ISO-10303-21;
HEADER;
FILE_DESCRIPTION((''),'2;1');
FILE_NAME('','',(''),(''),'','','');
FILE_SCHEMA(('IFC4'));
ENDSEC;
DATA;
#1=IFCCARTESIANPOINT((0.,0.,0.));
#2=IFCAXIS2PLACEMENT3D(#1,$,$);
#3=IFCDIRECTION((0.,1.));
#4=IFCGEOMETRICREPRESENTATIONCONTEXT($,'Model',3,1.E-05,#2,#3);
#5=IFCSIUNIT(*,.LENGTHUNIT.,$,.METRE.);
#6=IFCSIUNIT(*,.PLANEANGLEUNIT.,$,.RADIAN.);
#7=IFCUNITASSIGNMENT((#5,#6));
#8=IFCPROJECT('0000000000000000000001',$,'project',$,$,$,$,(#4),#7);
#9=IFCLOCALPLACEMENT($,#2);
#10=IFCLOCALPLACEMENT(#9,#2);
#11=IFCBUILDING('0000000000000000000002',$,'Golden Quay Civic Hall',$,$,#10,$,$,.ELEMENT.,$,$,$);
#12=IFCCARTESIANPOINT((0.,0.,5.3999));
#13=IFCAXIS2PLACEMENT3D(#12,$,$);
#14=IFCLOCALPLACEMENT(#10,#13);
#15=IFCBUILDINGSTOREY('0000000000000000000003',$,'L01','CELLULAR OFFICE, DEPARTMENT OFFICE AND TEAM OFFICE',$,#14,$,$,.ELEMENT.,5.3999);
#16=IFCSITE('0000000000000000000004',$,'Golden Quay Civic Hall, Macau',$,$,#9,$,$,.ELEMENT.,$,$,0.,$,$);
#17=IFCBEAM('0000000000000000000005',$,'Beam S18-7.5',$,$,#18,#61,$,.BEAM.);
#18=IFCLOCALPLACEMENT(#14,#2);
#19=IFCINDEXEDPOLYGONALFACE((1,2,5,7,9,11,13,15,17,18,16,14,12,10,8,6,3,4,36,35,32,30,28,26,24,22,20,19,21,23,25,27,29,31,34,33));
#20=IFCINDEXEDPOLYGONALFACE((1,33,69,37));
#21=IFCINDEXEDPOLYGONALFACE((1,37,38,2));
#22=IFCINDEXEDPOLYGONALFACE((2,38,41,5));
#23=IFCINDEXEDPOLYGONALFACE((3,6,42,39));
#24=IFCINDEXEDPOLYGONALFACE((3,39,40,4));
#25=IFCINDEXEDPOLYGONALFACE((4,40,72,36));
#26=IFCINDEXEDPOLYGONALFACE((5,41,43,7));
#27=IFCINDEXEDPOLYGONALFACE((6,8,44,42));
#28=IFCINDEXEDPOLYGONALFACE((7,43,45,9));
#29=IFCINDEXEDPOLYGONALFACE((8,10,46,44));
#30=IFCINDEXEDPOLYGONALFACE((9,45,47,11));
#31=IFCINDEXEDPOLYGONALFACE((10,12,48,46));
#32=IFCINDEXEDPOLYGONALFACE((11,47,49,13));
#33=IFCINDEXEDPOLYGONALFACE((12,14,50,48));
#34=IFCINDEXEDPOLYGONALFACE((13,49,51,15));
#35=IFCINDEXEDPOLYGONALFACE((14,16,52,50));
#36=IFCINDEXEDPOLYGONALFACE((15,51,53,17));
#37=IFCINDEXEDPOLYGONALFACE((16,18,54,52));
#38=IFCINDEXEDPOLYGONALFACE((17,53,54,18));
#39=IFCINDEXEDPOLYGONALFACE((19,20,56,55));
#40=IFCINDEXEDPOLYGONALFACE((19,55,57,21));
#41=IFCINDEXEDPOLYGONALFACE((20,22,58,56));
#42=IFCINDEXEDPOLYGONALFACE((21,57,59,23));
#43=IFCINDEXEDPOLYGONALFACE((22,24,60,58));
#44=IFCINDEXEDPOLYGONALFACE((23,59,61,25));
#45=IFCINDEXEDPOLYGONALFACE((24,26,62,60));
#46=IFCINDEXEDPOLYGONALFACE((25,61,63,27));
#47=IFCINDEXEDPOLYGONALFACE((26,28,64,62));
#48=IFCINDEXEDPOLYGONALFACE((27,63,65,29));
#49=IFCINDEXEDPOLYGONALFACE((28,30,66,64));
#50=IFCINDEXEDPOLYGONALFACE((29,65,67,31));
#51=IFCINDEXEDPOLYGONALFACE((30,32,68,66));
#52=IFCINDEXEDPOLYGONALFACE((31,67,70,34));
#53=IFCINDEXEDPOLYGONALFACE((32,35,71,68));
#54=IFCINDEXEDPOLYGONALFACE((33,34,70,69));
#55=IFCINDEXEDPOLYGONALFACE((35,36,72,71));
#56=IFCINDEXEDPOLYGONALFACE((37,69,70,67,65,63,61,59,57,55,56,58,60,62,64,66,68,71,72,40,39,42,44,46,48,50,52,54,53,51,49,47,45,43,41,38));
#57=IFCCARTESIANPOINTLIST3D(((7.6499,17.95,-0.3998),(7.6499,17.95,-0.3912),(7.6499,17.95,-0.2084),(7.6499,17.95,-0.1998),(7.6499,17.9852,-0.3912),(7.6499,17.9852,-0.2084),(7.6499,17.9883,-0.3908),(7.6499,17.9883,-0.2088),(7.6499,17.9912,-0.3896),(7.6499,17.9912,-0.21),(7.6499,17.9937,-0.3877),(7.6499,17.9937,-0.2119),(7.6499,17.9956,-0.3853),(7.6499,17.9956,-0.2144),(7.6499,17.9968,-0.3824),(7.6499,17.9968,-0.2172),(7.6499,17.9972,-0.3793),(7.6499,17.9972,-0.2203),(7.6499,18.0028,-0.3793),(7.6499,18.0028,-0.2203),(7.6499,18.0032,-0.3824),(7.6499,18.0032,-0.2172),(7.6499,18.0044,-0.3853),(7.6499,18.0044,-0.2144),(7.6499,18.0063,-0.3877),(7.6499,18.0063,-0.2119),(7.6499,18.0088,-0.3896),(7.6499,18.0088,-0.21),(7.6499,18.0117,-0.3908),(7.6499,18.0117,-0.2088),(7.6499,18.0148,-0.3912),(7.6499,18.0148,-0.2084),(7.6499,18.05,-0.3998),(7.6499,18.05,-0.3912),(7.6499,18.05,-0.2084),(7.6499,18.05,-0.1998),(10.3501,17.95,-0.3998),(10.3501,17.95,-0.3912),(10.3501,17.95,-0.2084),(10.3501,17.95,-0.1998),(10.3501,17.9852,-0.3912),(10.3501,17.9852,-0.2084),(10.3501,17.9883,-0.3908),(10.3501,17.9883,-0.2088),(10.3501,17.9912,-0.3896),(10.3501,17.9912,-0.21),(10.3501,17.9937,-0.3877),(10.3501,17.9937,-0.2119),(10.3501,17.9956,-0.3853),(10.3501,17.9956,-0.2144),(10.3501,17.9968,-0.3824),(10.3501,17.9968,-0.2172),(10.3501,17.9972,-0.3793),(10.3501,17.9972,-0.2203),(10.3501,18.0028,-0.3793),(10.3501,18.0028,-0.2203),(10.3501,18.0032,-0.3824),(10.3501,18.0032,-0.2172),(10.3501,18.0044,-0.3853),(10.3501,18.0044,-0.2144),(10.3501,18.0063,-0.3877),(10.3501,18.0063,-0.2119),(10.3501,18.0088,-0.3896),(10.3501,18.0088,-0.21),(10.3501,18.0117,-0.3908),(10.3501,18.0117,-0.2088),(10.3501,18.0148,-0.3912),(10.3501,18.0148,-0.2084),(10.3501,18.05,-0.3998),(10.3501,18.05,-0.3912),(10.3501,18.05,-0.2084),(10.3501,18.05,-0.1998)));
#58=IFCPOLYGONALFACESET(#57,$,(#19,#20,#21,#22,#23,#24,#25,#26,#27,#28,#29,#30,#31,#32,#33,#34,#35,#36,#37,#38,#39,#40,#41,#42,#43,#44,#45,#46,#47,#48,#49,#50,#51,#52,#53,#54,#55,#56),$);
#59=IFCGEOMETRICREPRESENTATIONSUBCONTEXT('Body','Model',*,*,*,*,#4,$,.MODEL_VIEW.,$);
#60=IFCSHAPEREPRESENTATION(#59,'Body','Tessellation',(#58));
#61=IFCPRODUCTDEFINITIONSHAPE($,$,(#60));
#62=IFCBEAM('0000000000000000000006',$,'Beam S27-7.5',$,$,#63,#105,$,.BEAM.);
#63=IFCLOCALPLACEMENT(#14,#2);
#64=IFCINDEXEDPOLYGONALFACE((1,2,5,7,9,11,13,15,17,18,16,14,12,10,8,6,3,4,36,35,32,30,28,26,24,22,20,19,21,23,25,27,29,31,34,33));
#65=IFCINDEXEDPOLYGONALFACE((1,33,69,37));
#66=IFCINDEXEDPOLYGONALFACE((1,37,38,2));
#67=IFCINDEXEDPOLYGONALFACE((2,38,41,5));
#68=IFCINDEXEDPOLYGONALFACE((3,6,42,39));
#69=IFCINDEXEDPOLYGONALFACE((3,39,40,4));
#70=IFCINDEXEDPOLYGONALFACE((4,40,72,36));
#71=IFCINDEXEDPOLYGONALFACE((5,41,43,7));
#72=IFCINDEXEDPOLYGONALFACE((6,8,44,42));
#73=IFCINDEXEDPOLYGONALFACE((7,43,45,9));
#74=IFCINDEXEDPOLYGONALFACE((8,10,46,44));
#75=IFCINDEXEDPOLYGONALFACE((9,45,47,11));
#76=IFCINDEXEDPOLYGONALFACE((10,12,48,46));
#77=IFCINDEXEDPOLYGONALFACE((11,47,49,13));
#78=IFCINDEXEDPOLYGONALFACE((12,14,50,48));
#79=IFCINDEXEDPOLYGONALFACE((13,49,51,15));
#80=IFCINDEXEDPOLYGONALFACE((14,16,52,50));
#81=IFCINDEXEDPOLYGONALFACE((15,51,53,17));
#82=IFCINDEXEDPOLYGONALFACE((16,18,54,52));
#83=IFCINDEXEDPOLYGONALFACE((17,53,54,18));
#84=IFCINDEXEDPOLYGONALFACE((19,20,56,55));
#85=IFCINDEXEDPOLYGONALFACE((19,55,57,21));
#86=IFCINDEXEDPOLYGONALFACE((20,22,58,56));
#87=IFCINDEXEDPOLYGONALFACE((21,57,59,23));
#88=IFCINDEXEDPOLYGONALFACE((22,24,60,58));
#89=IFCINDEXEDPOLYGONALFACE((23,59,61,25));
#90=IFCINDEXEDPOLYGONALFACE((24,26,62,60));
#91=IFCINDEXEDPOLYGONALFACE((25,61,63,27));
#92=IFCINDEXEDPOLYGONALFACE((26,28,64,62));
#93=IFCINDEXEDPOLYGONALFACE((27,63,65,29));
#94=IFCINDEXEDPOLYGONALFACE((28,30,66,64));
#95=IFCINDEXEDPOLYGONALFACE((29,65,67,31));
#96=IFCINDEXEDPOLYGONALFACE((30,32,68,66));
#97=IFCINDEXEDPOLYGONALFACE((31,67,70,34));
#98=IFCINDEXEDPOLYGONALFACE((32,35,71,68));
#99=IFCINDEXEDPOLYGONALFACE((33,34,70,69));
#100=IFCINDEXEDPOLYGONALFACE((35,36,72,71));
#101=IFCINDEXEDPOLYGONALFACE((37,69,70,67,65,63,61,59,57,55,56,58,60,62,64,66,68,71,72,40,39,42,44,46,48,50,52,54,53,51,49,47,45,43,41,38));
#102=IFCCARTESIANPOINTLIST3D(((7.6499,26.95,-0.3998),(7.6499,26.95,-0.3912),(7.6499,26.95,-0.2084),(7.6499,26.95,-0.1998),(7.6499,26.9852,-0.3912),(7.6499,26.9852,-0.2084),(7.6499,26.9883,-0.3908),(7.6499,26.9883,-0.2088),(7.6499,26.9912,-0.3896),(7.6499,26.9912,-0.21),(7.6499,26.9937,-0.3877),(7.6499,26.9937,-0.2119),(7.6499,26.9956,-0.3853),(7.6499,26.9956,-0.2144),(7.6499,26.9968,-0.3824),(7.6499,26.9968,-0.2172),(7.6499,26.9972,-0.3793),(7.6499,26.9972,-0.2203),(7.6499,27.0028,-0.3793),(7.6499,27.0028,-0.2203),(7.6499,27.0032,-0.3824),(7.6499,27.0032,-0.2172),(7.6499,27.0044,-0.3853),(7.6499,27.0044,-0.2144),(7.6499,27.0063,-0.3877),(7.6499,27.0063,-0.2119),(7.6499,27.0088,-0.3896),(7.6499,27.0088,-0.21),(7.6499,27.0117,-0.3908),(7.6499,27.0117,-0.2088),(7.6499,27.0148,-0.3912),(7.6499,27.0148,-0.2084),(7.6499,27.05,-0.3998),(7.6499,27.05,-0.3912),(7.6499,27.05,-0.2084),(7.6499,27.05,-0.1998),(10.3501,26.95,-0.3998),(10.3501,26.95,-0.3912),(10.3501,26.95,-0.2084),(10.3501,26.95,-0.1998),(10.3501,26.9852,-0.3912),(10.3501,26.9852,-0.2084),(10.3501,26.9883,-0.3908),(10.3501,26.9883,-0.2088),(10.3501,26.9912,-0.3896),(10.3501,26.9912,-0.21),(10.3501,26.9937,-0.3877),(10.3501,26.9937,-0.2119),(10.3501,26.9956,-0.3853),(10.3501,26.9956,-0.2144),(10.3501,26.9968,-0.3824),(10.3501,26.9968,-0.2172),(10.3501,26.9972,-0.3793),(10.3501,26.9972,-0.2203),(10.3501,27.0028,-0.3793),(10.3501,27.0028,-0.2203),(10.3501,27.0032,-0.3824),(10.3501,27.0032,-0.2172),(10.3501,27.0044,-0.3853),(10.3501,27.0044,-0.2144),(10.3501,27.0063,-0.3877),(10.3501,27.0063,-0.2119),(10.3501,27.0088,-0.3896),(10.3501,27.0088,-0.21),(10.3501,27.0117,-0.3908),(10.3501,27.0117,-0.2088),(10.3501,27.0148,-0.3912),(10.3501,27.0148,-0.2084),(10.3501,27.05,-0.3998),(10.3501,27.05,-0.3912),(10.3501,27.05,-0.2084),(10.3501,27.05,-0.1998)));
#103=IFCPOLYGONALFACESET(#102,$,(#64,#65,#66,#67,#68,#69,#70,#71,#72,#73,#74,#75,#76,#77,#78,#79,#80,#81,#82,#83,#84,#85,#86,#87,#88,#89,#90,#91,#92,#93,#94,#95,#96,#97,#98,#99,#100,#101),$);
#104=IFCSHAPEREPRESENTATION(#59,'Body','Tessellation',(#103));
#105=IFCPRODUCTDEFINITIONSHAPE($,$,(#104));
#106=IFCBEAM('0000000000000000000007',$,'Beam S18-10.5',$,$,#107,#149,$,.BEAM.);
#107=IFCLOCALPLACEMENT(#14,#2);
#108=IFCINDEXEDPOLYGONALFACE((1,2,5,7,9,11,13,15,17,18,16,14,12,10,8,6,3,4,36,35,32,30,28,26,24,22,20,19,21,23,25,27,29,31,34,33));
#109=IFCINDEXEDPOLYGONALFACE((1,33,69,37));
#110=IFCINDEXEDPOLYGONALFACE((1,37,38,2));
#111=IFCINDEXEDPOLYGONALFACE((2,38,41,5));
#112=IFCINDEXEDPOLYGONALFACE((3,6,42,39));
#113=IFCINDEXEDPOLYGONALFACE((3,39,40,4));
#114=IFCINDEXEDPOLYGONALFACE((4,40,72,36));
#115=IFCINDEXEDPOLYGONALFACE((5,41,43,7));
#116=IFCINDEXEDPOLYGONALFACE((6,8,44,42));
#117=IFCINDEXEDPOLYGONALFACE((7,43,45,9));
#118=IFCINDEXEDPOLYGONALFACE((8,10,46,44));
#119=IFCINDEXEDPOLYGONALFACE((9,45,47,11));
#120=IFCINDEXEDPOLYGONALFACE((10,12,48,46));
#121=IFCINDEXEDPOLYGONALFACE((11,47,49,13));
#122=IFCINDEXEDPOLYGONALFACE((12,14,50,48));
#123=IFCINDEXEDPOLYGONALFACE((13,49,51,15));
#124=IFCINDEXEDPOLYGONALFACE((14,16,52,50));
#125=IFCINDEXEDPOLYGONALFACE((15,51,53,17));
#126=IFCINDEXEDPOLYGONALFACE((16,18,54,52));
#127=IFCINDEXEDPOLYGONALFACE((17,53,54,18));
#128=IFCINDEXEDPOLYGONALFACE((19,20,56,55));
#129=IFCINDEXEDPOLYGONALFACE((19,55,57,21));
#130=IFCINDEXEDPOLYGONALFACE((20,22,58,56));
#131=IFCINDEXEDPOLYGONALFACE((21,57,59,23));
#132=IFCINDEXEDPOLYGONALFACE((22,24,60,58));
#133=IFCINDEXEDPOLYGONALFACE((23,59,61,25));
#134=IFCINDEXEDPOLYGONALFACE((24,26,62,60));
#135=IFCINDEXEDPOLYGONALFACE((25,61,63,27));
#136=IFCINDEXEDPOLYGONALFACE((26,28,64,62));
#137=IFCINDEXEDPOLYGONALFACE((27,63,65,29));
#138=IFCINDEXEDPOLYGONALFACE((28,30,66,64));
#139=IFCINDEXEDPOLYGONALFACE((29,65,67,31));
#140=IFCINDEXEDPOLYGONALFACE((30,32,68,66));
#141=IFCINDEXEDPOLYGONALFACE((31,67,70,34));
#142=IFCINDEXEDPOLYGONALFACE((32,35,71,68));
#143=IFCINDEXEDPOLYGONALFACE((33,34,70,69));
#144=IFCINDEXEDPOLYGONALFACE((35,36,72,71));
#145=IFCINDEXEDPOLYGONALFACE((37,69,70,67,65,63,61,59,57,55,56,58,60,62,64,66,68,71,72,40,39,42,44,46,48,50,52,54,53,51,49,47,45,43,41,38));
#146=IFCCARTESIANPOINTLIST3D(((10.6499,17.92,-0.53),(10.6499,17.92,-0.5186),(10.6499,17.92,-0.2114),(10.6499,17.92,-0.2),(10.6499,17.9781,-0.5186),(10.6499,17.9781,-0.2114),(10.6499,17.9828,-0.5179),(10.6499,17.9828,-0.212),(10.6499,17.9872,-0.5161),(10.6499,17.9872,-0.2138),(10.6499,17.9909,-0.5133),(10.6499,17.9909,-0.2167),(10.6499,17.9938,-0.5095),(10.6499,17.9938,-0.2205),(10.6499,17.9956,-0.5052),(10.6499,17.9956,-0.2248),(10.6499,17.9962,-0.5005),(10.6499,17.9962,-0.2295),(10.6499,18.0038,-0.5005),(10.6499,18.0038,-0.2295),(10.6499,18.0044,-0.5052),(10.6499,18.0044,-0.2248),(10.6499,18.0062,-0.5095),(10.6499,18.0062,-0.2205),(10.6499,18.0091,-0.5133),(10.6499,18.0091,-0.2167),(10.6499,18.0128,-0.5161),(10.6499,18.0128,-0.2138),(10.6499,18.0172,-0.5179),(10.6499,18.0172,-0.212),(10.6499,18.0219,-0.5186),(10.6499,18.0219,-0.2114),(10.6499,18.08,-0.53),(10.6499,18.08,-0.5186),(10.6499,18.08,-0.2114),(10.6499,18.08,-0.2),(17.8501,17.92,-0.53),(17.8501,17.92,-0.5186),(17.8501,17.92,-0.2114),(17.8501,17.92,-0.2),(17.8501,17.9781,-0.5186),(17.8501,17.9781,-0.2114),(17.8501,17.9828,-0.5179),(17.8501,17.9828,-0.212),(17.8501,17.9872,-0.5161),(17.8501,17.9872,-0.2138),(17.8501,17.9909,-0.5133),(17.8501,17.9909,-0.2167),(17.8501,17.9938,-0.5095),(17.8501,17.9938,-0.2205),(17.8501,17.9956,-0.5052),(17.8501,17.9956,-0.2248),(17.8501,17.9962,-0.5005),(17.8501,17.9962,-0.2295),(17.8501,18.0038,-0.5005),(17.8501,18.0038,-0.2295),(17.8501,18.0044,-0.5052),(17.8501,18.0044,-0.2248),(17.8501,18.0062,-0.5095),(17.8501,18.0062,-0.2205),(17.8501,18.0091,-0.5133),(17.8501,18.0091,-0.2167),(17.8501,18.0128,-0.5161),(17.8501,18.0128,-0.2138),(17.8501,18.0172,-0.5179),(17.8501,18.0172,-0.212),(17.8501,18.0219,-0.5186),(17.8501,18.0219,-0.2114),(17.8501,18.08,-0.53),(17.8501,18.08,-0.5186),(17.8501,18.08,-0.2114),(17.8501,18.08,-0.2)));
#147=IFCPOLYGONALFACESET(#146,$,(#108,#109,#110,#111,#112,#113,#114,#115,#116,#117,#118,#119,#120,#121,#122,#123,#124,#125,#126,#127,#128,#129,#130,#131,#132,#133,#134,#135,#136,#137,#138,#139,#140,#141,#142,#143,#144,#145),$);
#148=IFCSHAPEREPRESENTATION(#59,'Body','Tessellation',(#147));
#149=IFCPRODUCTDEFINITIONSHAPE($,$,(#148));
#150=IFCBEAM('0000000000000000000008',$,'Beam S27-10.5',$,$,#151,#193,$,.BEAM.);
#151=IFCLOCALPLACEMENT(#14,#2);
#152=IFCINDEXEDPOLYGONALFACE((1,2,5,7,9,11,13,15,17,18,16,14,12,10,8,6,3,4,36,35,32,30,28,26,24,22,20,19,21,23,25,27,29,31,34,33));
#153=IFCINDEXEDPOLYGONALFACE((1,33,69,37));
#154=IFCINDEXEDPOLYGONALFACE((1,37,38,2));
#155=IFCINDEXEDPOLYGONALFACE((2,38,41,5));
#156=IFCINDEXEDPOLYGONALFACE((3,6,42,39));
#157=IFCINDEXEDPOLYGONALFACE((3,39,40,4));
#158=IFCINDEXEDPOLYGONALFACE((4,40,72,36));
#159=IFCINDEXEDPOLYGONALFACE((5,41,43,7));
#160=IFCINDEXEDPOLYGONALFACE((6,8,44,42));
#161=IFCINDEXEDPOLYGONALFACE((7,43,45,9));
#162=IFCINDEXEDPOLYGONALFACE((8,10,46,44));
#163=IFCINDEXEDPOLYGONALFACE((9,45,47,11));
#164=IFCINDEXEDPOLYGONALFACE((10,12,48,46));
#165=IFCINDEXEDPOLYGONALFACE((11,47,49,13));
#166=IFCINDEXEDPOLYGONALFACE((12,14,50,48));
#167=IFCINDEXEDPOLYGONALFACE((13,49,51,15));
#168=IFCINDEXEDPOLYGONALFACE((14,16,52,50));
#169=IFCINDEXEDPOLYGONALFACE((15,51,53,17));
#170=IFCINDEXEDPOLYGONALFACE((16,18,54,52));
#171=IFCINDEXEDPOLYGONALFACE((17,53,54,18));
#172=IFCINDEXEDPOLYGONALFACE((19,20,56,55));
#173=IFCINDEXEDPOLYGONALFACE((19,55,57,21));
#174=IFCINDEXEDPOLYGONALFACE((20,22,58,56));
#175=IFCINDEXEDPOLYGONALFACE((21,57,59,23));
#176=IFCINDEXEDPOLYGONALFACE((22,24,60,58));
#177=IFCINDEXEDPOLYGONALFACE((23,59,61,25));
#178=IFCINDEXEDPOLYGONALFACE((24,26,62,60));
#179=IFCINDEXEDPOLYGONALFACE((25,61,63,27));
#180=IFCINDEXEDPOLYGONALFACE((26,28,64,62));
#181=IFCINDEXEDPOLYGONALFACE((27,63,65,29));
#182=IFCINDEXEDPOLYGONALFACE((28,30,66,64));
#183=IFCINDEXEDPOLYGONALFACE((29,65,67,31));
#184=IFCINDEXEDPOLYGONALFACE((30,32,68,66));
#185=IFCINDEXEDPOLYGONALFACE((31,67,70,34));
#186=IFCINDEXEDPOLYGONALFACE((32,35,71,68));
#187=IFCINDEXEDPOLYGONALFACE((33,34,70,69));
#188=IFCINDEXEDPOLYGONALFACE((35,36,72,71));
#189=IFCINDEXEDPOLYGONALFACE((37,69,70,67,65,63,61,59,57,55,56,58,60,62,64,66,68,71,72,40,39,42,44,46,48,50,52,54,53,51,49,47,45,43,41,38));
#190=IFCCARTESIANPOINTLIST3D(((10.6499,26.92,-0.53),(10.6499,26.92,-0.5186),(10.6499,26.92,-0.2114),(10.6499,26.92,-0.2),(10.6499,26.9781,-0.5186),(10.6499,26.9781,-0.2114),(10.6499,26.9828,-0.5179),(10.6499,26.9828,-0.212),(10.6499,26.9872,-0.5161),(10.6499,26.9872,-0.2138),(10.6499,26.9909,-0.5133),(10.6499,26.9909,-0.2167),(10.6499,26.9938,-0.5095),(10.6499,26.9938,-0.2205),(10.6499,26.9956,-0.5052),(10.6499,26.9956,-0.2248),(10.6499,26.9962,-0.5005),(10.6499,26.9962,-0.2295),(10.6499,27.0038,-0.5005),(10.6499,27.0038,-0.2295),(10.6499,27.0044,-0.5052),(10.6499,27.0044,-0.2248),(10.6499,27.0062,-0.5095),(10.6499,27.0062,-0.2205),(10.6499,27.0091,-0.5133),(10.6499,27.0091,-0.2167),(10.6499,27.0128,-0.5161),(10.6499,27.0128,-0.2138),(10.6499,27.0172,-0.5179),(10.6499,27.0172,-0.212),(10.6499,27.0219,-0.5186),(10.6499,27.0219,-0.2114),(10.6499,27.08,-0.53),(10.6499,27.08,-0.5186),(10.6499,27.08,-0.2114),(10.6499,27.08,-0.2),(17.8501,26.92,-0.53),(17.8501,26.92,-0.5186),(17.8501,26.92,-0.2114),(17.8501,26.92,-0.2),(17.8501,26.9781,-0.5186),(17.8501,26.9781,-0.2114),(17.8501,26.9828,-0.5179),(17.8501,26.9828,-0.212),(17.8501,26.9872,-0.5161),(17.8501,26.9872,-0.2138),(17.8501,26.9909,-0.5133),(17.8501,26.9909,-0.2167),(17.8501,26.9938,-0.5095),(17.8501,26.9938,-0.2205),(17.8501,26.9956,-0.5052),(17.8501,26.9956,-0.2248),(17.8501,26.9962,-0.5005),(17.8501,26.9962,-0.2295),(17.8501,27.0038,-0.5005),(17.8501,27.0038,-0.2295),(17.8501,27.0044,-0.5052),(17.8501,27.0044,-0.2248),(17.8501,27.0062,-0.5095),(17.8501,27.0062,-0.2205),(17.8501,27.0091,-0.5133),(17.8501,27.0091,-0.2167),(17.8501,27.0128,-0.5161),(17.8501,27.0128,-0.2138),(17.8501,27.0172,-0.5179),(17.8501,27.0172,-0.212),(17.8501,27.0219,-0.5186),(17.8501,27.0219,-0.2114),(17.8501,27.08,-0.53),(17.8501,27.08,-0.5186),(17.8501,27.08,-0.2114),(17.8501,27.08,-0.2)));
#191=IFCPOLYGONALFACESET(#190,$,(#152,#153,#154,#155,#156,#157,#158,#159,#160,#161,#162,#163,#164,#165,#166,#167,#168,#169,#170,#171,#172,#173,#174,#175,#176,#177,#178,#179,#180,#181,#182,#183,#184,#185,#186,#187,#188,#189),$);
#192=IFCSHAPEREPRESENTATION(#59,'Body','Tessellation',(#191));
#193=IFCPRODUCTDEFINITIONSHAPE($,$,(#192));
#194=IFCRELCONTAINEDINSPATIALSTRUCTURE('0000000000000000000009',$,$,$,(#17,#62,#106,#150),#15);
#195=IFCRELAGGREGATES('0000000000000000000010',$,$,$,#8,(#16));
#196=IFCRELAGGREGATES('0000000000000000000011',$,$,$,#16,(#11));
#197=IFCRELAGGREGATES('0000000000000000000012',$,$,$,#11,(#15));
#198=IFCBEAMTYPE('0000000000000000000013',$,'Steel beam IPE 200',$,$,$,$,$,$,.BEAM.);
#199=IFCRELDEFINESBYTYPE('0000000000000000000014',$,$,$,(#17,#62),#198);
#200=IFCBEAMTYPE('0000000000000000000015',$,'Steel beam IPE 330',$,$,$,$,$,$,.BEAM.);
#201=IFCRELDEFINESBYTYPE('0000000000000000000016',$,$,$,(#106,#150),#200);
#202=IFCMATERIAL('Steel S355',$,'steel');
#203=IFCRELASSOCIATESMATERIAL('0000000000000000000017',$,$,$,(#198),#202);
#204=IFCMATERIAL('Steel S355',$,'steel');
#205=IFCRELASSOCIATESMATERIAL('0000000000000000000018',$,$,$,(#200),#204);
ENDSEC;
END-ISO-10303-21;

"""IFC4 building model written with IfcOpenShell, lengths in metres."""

from ifc_helpers import new_model, si_unit, direction, frame, origin, origin_2d, place, context, subcontext, project, spatial, i_section, extrude, material, material_profile, profile_set, type_object, element, save


model = new_model("IFC4")

# Units and contexts
model_context = context("Model", 3, precision=1e-05, world=origin(), true_north=direction((0.0, 1.0)))
body_context = subcontext(model_context, "Body", "Model", "MODEL_VIEW")
ifc_project = project(units=[si_unit("LENGTHUNIT", "METRE"), si_unit("PLANEANGLEUNIT", "RADIAN")], contexts=[model_context])

# Site, building, storey
site_placement = place(None, origin())
site = spatial("IfcSite", under=ifc_project, at=site_placement, Name="Golden Quay Civic Hall, Macau", CompositionType="ELEMENT", RefElevation=0.0)
building_placement = place(site_placement, origin())
building = spatial("IfcBuilding", under=site, at=building_placement, Name="Golden Quay Civic Hall", CompositionType="ELEMENT")
storey_placement = place(building_placement, frame((0.0, 0.0, 5.3999)))
storey = spatial("IfcBuildingStorey", under=building, at=storey_placement, Name="L01", Description="CELLULAR OFFICE, DEPARTMENT OFFICE AND TEAM OFFICE", CompositionType="ELEMENT", Elevation=5.3999)

# Beams
ifc_material_1 = material(Name="Steel S355", Category="steel")
ifc_material_profile_1 = material_profile(ifc_material_1, i_section(OverallWidth=0.1001, OverallDepth=0.2, WebThickness=0.0056, FlangeThickness=0.0085, FilletRadius=0.012, at=origin_2d()), Name="IPE 200")
ifc_profile_set_1 = profile_set([ifc_material_profile_1], Name="Steel S355")
beam_type_1 = type_object("IfcBeamType", Name="Steel beam IPE 200", PredefinedType="BEAM", material=ifc_profile_set_1)
for number, where, z_axis, x_axis, name in (
    (1, (7.6499, 18.0, -0.2998), (1.0, 0.0, 0.0), (0.0, 1.0, 0.0), "Beam S18-7.5"),
    (2, (7.6499, 27.0, -0.2998), (1.0, 0.0, 0.0), (0.0, 1.0, 0.0), "Beam S27-7.5"),
):
    element("IfcBeam", number, at=place(storey_placement, frame(where, z_axis=z_axis, x_axis=x_axis)), inside=storey, type_object=beam_type_1, Name=name, PredefinedType="BEAM", context=body_context, shape_type="SweptSolid", body=[
        extrude(i_section(OverallWidth=0.1001, OverallDepth=0.2, WebThickness=0.0056, FlangeThickness=0.0085, FilletRadius=0.012, at=origin_2d()), origin(), (0.0, 0.0, 1.0), 2.7002),
    ])
ifc_material_2 = material(Name="Steel S355", Category="steel")
ifc_material_profile_2 = material_profile(ifc_material_2, i_section(OverallWidth=0.1599, OverallDepth=0.3301, WebThickness=0.0076, FlangeThickness=0.0115, FilletRadius=0.0181, at=origin_2d()), Name="IPE 330")
ifc_profile_set_2 = profile_set([ifc_material_profile_2], Name="Steel S355")
beam_type_2 = type_object("IfcBeamType", Name="Steel beam IPE 330", PredefinedType="BEAM", material=ifc_profile_set_2)
for number, where, z_axis, x_axis, name in (
    (3, (10.6499, 18.0, -0.365), (1.0, 0.0, 0.0), (0.0, 1.0, 0.0), "Beam S18-10.5"),
    (4, (10.6499, 27.0, -0.365), (1.0, 0.0, 0.0), (0.0, 1.0, 0.0), "Beam S27-10.5"),
):
    element("IfcBeam", number, at=place(storey_placement, frame(where, z_axis=z_axis, x_axis=x_axis)), inside=storey, type_object=beam_type_2, Name=name, PredefinedType="BEAM", context=body_context, shape_type="SweptSolid", body=[
        extrude(i_section(OverallWidth=0.1599, OverallDepth=0.3301, WebThickness=0.0076, FlangeThickness=0.0115, FilletRadius=0.0181, at=origin_2d()), origin(), (0.0, 0.0, 1.0), 7.2002),
    ])

save(model, "model.ifc")
